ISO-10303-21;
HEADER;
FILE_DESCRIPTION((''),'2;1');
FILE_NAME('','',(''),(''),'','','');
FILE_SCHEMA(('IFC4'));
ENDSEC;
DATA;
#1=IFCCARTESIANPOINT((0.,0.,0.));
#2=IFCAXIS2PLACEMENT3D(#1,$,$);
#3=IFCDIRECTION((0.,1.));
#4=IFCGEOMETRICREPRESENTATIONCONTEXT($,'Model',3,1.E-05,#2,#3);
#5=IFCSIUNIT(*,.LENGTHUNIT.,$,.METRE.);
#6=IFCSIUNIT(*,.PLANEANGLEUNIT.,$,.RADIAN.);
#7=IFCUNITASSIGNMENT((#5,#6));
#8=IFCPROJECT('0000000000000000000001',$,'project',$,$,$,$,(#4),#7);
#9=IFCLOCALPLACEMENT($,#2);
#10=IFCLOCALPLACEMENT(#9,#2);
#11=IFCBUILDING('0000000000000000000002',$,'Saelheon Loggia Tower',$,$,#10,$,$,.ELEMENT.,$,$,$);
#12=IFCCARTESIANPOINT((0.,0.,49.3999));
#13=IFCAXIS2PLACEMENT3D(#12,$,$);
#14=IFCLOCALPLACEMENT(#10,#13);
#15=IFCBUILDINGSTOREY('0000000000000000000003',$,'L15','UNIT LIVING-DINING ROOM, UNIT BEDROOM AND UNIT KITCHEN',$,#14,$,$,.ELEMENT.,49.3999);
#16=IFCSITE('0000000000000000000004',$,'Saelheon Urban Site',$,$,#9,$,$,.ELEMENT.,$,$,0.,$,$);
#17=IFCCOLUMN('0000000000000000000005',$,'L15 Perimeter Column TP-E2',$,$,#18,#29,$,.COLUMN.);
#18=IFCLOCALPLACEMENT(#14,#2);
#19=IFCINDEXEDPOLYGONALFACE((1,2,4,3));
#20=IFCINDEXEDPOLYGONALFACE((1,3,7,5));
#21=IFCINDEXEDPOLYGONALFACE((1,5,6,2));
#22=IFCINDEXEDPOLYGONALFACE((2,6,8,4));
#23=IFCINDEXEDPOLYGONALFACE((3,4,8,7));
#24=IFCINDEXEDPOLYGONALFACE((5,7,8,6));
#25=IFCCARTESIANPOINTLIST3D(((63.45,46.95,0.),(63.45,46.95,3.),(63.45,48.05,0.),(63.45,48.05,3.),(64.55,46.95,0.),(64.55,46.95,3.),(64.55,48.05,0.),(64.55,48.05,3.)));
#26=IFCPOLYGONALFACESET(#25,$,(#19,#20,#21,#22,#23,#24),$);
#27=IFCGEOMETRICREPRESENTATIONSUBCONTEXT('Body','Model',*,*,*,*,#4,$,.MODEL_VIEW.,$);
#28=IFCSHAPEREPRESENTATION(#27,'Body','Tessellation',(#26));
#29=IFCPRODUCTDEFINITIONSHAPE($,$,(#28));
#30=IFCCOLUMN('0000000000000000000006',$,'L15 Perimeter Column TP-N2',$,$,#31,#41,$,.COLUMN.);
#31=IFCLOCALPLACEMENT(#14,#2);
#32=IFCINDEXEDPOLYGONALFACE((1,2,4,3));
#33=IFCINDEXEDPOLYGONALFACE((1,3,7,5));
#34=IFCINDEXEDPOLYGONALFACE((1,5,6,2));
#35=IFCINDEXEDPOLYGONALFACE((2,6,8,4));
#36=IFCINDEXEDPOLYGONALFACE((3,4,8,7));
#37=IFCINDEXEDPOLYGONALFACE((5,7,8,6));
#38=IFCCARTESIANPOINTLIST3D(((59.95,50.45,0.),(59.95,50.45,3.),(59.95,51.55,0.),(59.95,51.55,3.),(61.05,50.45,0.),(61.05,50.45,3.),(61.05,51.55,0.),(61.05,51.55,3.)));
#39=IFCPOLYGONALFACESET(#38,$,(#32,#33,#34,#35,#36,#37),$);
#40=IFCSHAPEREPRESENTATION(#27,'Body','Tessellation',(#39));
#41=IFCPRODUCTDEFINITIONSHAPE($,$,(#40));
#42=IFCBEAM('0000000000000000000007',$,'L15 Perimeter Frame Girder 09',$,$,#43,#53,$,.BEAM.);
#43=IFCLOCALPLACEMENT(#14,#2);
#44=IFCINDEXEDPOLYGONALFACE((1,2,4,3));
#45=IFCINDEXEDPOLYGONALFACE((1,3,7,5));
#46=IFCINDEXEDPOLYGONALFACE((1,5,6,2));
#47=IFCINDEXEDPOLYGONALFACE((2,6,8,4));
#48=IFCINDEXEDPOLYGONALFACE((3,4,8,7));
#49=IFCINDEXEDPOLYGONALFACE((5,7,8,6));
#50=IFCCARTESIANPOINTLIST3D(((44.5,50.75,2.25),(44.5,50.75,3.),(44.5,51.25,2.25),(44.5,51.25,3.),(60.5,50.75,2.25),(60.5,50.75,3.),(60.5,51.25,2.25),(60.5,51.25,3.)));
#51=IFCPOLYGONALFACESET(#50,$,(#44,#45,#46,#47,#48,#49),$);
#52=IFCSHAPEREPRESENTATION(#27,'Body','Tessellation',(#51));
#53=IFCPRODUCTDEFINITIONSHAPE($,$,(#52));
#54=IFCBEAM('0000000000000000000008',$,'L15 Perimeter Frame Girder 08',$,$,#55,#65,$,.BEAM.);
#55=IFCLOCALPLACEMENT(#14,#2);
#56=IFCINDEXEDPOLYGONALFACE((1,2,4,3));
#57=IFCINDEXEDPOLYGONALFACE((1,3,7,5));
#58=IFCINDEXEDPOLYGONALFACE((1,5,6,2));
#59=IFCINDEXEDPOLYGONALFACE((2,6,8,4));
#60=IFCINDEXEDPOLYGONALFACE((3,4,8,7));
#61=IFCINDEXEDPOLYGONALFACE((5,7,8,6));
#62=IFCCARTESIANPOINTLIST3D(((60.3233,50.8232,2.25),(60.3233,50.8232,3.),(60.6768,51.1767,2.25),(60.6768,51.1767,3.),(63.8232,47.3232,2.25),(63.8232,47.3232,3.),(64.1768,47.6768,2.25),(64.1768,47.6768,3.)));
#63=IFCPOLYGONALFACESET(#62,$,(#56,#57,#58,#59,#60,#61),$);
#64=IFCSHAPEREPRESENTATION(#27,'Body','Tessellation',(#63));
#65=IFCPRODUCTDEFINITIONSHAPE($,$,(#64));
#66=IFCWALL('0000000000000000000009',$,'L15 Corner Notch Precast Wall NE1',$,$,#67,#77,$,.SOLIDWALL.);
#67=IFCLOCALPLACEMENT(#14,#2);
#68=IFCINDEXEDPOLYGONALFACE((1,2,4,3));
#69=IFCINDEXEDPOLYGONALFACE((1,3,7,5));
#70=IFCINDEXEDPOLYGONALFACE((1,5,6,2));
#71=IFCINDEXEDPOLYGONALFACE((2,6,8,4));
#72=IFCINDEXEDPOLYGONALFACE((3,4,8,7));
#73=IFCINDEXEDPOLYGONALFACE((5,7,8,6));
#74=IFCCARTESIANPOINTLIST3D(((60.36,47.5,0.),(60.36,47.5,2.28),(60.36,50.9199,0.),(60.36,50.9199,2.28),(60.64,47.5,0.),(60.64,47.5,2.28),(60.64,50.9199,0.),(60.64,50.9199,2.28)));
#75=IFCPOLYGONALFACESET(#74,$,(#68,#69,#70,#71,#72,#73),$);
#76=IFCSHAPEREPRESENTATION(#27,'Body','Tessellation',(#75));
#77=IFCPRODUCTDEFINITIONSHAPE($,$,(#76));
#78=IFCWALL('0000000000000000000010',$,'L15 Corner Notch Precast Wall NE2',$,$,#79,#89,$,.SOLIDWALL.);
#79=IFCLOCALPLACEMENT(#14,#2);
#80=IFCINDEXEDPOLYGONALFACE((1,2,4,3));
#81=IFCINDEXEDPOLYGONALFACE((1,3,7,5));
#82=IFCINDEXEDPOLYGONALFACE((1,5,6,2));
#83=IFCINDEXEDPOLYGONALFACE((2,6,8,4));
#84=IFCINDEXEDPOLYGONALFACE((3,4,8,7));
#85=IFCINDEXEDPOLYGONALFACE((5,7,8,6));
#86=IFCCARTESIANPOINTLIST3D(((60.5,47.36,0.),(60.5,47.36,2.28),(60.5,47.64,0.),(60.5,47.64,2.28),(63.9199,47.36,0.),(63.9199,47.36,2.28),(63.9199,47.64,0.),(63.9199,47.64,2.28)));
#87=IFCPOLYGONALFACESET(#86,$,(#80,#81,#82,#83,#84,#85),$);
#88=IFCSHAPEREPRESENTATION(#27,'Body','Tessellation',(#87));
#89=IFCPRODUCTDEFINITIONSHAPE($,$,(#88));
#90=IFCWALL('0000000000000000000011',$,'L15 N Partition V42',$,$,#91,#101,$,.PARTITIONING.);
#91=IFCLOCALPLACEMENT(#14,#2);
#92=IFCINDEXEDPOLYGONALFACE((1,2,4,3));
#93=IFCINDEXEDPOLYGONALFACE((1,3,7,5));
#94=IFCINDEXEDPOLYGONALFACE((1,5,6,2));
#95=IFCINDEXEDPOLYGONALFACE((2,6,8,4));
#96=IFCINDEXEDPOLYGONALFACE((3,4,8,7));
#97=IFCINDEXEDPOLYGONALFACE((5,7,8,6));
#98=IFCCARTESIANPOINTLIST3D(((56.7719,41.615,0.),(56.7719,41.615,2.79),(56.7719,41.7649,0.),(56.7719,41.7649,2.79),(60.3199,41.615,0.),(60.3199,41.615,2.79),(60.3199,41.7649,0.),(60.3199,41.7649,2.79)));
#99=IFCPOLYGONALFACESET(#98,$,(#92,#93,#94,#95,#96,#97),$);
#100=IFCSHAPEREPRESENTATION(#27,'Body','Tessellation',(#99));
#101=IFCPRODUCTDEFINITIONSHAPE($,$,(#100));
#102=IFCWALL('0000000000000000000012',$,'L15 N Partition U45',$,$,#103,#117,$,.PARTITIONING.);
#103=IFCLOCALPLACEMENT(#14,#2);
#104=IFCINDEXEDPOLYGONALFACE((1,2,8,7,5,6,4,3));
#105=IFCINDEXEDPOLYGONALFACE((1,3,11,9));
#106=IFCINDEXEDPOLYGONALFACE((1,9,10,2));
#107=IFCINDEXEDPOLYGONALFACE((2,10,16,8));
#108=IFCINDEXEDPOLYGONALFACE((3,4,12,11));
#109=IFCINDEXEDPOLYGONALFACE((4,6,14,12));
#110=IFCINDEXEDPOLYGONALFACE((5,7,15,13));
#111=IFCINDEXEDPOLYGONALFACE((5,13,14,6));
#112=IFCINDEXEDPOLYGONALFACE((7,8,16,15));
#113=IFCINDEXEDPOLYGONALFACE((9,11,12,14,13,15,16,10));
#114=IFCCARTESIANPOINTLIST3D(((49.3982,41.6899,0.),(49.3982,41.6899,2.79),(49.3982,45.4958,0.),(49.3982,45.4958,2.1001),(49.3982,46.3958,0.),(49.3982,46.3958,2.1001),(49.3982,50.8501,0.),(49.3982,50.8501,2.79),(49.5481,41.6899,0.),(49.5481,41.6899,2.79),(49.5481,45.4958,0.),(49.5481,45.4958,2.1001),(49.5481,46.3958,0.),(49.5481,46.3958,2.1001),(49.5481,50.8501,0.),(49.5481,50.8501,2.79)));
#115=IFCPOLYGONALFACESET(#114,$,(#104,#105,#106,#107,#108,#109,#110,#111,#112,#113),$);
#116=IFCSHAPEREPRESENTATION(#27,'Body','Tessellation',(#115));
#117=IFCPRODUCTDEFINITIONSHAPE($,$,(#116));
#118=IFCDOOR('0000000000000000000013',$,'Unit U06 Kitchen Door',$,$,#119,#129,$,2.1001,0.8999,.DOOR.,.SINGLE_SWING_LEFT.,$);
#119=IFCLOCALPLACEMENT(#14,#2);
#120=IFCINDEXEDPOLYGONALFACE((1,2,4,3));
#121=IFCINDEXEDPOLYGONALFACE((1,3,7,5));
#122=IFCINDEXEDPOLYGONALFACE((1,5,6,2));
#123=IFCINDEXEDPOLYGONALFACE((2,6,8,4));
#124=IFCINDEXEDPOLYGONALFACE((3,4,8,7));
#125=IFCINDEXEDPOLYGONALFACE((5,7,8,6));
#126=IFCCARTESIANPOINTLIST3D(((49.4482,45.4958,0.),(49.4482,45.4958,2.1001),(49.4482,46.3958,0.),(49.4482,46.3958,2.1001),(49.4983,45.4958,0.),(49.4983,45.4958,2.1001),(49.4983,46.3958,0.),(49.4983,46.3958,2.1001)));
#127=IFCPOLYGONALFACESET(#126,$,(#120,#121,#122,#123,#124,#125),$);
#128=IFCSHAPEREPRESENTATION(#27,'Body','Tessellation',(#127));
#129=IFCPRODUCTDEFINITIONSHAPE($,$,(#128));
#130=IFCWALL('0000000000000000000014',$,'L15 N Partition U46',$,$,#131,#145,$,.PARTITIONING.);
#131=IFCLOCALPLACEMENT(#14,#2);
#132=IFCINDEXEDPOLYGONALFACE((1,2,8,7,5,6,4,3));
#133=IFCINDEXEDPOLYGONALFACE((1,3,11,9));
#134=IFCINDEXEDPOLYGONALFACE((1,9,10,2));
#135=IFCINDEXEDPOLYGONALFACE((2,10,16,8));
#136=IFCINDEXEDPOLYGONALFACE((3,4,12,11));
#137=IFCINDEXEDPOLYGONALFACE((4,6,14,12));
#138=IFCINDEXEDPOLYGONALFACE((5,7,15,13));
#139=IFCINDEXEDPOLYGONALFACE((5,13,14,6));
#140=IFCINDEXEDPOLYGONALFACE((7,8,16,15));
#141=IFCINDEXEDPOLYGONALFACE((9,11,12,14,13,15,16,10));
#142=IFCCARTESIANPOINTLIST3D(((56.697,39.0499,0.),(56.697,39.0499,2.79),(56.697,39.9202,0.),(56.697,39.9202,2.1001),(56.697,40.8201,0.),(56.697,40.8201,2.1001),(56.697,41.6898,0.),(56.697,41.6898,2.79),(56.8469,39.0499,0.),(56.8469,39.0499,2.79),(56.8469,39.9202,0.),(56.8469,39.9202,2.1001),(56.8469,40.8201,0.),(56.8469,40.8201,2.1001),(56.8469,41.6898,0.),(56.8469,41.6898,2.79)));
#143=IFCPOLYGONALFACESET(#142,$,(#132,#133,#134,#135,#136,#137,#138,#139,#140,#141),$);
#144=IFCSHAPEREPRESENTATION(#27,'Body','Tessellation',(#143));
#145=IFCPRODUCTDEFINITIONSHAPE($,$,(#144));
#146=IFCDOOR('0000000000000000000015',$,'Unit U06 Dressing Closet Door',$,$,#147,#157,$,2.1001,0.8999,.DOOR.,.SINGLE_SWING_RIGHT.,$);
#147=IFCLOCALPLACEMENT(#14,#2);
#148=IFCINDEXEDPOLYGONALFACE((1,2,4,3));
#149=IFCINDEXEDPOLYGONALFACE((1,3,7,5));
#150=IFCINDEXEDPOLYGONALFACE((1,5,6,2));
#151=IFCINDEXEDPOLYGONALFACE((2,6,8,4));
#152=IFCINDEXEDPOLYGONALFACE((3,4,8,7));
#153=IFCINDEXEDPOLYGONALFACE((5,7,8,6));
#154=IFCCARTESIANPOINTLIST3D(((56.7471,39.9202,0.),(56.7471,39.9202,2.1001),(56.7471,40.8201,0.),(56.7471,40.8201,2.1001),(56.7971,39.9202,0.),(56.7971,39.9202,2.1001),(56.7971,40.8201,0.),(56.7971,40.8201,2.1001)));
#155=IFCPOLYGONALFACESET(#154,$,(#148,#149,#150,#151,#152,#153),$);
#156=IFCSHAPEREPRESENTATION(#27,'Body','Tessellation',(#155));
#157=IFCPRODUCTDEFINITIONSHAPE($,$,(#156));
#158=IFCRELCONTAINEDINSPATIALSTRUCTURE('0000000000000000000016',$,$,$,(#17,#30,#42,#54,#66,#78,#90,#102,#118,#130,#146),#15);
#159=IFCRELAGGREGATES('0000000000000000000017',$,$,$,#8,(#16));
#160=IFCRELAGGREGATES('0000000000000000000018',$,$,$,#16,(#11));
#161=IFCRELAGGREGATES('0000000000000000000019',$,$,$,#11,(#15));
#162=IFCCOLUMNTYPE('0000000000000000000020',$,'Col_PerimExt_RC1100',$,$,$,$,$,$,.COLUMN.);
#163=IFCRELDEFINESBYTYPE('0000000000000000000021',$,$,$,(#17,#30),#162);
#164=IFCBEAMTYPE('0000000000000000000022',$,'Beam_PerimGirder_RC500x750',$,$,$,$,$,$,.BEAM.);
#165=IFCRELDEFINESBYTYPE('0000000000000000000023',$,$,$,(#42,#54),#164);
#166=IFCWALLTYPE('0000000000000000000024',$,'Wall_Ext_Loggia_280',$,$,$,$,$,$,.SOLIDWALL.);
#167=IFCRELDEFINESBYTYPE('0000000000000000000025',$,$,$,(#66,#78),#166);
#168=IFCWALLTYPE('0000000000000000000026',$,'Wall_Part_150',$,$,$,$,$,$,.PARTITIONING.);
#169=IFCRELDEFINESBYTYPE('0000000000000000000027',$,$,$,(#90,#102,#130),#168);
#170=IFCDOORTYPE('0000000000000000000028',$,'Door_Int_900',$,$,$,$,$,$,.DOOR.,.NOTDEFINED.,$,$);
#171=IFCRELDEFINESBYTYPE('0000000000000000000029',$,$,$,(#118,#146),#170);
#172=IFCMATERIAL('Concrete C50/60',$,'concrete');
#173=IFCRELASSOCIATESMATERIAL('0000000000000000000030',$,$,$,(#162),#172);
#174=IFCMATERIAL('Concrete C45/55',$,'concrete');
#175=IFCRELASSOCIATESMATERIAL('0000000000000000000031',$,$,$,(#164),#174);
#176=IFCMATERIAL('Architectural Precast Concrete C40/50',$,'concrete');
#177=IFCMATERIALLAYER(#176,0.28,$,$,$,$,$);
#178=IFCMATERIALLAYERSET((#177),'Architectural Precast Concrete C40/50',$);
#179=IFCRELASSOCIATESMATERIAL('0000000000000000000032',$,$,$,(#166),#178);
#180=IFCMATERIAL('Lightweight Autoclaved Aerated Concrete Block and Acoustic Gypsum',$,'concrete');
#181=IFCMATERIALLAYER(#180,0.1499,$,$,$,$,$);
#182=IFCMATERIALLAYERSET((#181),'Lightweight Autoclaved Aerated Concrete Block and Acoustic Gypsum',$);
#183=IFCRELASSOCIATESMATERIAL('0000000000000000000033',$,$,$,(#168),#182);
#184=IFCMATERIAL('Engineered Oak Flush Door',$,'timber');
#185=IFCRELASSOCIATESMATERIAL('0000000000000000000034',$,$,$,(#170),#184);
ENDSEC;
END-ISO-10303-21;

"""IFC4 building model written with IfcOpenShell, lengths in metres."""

from ifc_helpers import new_model, si_unit, direction, frame, frame_2d, origin, origin_2d, place, context, subcontext, project, spatial, rectangle, extrude, source, transform, mapped, material, layer, layer_set, material_profile, profile_set, type_object, element, fill, save


model = new_model("IFC4")

# Units and contexts
model_context = context("Model", 3, precision=1e-05, world=origin(), true_north=direction((0.0, 1.0)))
body_context = subcontext(model_context, "Body", "Model", "MODEL_VIEW")
ifc_project = project(units=[si_unit("LENGTHUNIT", "METRE"), si_unit("PLANEANGLEUNIT", "RADIAN")], contexts=[model_context])

# Site, building, storey
site_placement = place(None, origin())
site = spatial("IfcSite", under=ifc_project, at=site_placement, Name="Saelheon Urban Site", CompositionType="ELEMENT", RefElevation=0.0)
building_placement = place(site_placement, origin())
building = spatial("IfcBuilding", under=site, at=building_placement, Name="Saelheon Loggia Tower", CompositionType="ELEMENT")
storey_placement = place(building_placement, frame((0.0, 0.0, 49.3999)))
storey = spatial("IfcBuildingStorey", under=building, at=storey_placement, Name="L15", Description="UNIT LIVING-DINING ROOM, UNIT BEDROOM AND UNIT KITCHEN", CompositionType="ELEMENT", Elevation=49.3999)

# Columns
ifc_material_1 = material(Name="Concrete C50/60", Category="concrete")
ifc_material_profile_1 = material_profile(ifc_material_1, rectangle(XDim=1.1001, YDim=1.1001, at=origin_2d()), Name="RC-1100x1100")
ifc_profile_set_1 = profile_set([ifc_material_profile_1], Name="Concrete C50/60")
column_type = type_object("IfcColumnType", Name="Col_PerimExt_RC1100", PredefinedType="COLUMN", material=ifc_profile_set_1)
shared_shape_1 = source(origin(), body_context, "Body", "SweptSolid", [
    extrude(rectangle(XDim=1.1001, YDim=1.1001, at=origin_2d()), origin(), (0.0, 0.0, 1.0), 3.0),
])
for number, where, z_axis, x_axis, name in (
    (1, (64.0, 47.5, 0.0), (0.0, 0.0, 1.0), (1.0, 0.0, 0.0), "L15 Perimeter Column TP-E2"),
    (2, (60.5, 51.0, 0.0), (0.0, 0.0, 1.0), (1.0, 0.0, 0.0), "L15 Perimeter Column TP-N2"),
):
    element("IfcColumn", number, at=place(storey_placement, frame(where, z_axis=z_axis, x_axis=x_axis)), inside=storey, type_object=column_type, Name=name, PredefinedType="COLUMN", context=body_context, shape_type="MappedRepresentation", body=[
        mapped(shared_shape_1, transform((0.0, 0.0, 0.0), scale=1.0)),
    ])

# Beams
ifc_material_2 = material(Name="Concrete C45/55", Category="concrete")
ifc_material_profile_2 = material_profile(ifc_material_2, rectangle(XDim=0.5, YDim=0.75, at=origin_2d()), Name="RC-500x750")
ifc_profile_set_2 = profile_set([ifc_material_profile_2], Name="Concrete C45/55")
beam_type = type_object("IfcBeamType", Name="Beam_PerimGirder_RC500x750", PredefinedType="BEAM", material=ifc_profile_set_2)
shared_shape_2 = source(origin(), body_context, "Body", "SweptSolid", [
    extrude(rectangle(XDim=0.5, YDim=0.75, at=origin_2d()), origin(), (0.0, 0.0, 1.0), 16.0),
])
beam_1_placement = place(storey_placement, frame((60.5, 51.0, 2.625), z_axis=(-1.0, 0.0, 0.0), x_axis=(0.0, -1.0, 0.0)))
element("IfcBeam", 3, at=beam_1_placement, inside=storey, type_object=beam_type, Name="L15 Perimeter Frame Girder 09", PredefinedType="BEAM", context=body_context, shape_type="MappedRepresentation", body=[
    mapped(shared_shape_2, transform((0.0, 0.0, 0.0), scale=1.0)),
])
shared_shape_3 = source(origin(), body_context, "Body", "SweptSolid", [
    extrude(rectangle(XDim=0.5, YDim=0.75, at=origin_2d()), origin(), (0.0, 0.0, 1.0), 4.9497),
])
beam_2_placement = place(storey_placement, frame((64.0, 47.5, 2.625), z_axis=(-0.707107, 0.707107, 0.0), x_axis=(-0.707107, -0.707107, 0.0)))
element("IfcBeam", 4, at=beam_2_placement, inside=storey, type_object=beam_type, Name="L15 Perimeter Frame Girder 08", PredefinedType="BEAM", context=body_context, shape_type="MappedRepresentation", body=[
    mapped(shared_shape_3, transform((0.0, 0.0, 0.0), scale=1.0)),
])

# Walls
ifc_material_3 = material(Name="Architectural Precast Concrete C40/50", Category="concrete")
ifc_layer_1 = layer(ifc_material_3, 0.28)
ifc_layer_set_1 = layer_set([ifc_layer_1], Name="Architectural Precast Concrete C40/50")
wall_type_1 = type_object("IfcWallType", Name="Wall_Ext_Loggia_280", PredefinedType="SOLIDWALL", material=ifc_layer_set_1)
for number, where, z_axis, x_axis, name in (
    (5, (60.5, 47.5, 0.0), (0.0, 0.0, 1.0), (0.0, 1.0, 0.0), "L15 Corner Notch Precast Wall NE1"),
    (6, (60.5, 47.5, 0.0), (0.0, 0.0, 1.0), (1.0, 0.0, 0.0), "L15 Corner Notch Precast Wall NE2"),
):
    element("IfcWall", number, at=place(storey_placement, frame(where, z_axis=z_axis, x_axis=x_axis)), inside=storey, type_object=wall_type_1, Name=name, PredefinedType="SOLIDWALL", context=body_context, shape_type="SweptSolid", body=[
        extrude(rectangle(XDim=3.4199, YDim=0.28, at=frame_2d((1.71, 0.0))), origin(), (0.0, 0.0, 1.0), 2.28),
    ])
ifc_material_4 = material(Name="Lightweight Autoclaved Aerated Concrete Block and Acoustic Gypsum", Category="concrete")
ifc_layer_2 = layer(ifc_material_4, 0.1499)
ifc_layer_set_2 = layer_set([ifc_layer_2], Name="Lightweight Autoclaved Aerated Concrete Block and Acoustic Gypsum")
wall_type_2 = type_object("IfcWallType", Name="Wall_Part_150", PredefinedType="PARTITIONING", material=ifc_layer_set_2)
wall_1_placement = place(storey_placement, frame((56.772, 41.6899, 0.0), z_axis=(0.0, 0.0, 1.0), x_axis=(1.0, 0.0, 0.0)))
element("IfcWall", 7, at=wall_1_placement, inside=storey, type_object=wall_type_2, Name="L15 N Partition V42", PredefinedType="PARTITIONING", context=body_context, shape_type="SweptSolid", body=[
    extrude(rectangle(XDim=3.5481, YDim=0.1499, at=frame_2d((1.7739, 0.0))), origin(), (0.0, 0.0, 1.0), 2.79),
])

# Walls, openings, doors
wall_2_placement = place(storey_placement, frame((49.4731, 41.6899, 0.0), z_axis=(0.0, 0.0, 1.0), x_axis=(0.0, 1.0, 0.0)))
wall_2 = element("IfcWall", 8, at=wall_2_placement, inside=storey, type_object=wall_type_2, Name="L15 N Partition U45", PredefinedType="PARTITIONING", context=body_context, shape_type="SweptSolid", body=[
    extrude(rectangle(XDim=9.1602, YDim=0.1499, at=frame_2d((4.5801, 0.0))), origin(), (0.0, 0.0, 1.0), 2.79),
])
opening_1_placement = place(wall_2_placement, frame((3.8059, 0.0, 0.0)))
opening_1 = element("IfcOpeningElement", 9, at=opening_1_placement, cuts=wall_2, PredefinedType="OPENING", context=body_context, shape_type="SweptSolid", body=[
    extrude(rectangle(XDim=0.8999, YDim=2.1001, at=frame_2d((0.45, 1.05))), frame((0.0, 0.0869, 0.0), z_axis=(0.0, -1.0, 0.0), x_axis=(1.0, 0.0, 0.0)), (0.0, 0.0, 1.0), 0.1738),
])
ifc_material_5 = material(Name="Engineered Oak Flush Door", Category="timber")
door_type_1 = type_object("IfcDoorType", Name="Door_Int_900", OperationType="NOTDEFINED", PredefinedType="DOOR", material=ifc_material_5)
shared_shape_4 = source(origin(), body_context, "Body", "SweptSolid", [
    extrude(rectangle(XDim=0.8999, YDim=2.1001, at=frame_2d((0.45, 1.05))), frame((0.0, 0.0249, 0.0), z_axis=(0.0, -1.0, 0.0), x_axis=(1.0, 0.0, 0.0)), (0.0, 0.0, 1.0), 0.05),
])
door_1_placement = place(opening_1_placement, origin())
door_1 = element("IfcDoor", 10, at=door_1_placement, inside=storey, type_object=door_type_1, Name="Unit U06 Kitchen Door", OperationType="SINGLE_SWING_LEFT", OverallHeight=2.1001, OverallWidth=0.8999, PredefinedType="DOOR", context=body_context, shape_type="MappedRepresentation", body=[
    mapped(shared_shape_4, transform((0.0, 0.0, 0.0), scale=1.0)),
])
fill(opening_1, door_1)
wall_3_placement = place(storey_placement, frame((56.772, 39.05, 0.0), z_axis=(0.0, 0.0, 1.0), x_axis=(0.0, 1.0, 0.0)))
wall_3 = element("IfcWall", 11, at=wall_3_placement, inside=storey, type_object=wall_type_2, Name="L15 N Partition U46", PredefinedType="PARTITIONING", context=body_context, shape_type="SweptSolid", body=[
    extrude(rectangle(XDim=2.6399, YDim=0.1499, at=frame_2d((1.3198, 0.0))), origin(), (0.0, 0.0, 1.0), 2.79),
])
opening_2_placement = place(wall_3_placement, frame((0.8701, 0.0, 0.0)))
opening_2 = element("IfcOpeningElement", 12, at=opening_2_placement, cuts=wall_3, PredefinedType="OPENING", context=body_context, shape_type="SweptSolid", body=[
    extrude(rectangle(XDim=0.8999, YDim=2.1001, at=frame_2d((0.45, 1.05))), frame((0.0, 0.0869, 0.0), z_axis=(0.0, -1.0, 0.0), x_axis=(1.0, 0.0, 0.0)), (0.0, 0.0, 1.0), 0.1738),
])
door_2_placement = place(opening_2_placement, origin())
door_2 = element("IfcDoor", 13, at=door_2_placement, inside=storey, type_object=door_type_1, Name="Unit U06 Dressing Closet Door", OperationType="SINGLE_SWING_RIGHT", OverallHeight=2.1001, OverallWidth=0.8999, PredefinedType="DOOR", context=body_context, shape_type="MappedRepresentation", body=[
    mapped(shared_shape_4, transform((0.0, 0.0, 0.0), scale=1.0)),
])
fill(opening_2, door_2)

save(model, "model.ifc")
